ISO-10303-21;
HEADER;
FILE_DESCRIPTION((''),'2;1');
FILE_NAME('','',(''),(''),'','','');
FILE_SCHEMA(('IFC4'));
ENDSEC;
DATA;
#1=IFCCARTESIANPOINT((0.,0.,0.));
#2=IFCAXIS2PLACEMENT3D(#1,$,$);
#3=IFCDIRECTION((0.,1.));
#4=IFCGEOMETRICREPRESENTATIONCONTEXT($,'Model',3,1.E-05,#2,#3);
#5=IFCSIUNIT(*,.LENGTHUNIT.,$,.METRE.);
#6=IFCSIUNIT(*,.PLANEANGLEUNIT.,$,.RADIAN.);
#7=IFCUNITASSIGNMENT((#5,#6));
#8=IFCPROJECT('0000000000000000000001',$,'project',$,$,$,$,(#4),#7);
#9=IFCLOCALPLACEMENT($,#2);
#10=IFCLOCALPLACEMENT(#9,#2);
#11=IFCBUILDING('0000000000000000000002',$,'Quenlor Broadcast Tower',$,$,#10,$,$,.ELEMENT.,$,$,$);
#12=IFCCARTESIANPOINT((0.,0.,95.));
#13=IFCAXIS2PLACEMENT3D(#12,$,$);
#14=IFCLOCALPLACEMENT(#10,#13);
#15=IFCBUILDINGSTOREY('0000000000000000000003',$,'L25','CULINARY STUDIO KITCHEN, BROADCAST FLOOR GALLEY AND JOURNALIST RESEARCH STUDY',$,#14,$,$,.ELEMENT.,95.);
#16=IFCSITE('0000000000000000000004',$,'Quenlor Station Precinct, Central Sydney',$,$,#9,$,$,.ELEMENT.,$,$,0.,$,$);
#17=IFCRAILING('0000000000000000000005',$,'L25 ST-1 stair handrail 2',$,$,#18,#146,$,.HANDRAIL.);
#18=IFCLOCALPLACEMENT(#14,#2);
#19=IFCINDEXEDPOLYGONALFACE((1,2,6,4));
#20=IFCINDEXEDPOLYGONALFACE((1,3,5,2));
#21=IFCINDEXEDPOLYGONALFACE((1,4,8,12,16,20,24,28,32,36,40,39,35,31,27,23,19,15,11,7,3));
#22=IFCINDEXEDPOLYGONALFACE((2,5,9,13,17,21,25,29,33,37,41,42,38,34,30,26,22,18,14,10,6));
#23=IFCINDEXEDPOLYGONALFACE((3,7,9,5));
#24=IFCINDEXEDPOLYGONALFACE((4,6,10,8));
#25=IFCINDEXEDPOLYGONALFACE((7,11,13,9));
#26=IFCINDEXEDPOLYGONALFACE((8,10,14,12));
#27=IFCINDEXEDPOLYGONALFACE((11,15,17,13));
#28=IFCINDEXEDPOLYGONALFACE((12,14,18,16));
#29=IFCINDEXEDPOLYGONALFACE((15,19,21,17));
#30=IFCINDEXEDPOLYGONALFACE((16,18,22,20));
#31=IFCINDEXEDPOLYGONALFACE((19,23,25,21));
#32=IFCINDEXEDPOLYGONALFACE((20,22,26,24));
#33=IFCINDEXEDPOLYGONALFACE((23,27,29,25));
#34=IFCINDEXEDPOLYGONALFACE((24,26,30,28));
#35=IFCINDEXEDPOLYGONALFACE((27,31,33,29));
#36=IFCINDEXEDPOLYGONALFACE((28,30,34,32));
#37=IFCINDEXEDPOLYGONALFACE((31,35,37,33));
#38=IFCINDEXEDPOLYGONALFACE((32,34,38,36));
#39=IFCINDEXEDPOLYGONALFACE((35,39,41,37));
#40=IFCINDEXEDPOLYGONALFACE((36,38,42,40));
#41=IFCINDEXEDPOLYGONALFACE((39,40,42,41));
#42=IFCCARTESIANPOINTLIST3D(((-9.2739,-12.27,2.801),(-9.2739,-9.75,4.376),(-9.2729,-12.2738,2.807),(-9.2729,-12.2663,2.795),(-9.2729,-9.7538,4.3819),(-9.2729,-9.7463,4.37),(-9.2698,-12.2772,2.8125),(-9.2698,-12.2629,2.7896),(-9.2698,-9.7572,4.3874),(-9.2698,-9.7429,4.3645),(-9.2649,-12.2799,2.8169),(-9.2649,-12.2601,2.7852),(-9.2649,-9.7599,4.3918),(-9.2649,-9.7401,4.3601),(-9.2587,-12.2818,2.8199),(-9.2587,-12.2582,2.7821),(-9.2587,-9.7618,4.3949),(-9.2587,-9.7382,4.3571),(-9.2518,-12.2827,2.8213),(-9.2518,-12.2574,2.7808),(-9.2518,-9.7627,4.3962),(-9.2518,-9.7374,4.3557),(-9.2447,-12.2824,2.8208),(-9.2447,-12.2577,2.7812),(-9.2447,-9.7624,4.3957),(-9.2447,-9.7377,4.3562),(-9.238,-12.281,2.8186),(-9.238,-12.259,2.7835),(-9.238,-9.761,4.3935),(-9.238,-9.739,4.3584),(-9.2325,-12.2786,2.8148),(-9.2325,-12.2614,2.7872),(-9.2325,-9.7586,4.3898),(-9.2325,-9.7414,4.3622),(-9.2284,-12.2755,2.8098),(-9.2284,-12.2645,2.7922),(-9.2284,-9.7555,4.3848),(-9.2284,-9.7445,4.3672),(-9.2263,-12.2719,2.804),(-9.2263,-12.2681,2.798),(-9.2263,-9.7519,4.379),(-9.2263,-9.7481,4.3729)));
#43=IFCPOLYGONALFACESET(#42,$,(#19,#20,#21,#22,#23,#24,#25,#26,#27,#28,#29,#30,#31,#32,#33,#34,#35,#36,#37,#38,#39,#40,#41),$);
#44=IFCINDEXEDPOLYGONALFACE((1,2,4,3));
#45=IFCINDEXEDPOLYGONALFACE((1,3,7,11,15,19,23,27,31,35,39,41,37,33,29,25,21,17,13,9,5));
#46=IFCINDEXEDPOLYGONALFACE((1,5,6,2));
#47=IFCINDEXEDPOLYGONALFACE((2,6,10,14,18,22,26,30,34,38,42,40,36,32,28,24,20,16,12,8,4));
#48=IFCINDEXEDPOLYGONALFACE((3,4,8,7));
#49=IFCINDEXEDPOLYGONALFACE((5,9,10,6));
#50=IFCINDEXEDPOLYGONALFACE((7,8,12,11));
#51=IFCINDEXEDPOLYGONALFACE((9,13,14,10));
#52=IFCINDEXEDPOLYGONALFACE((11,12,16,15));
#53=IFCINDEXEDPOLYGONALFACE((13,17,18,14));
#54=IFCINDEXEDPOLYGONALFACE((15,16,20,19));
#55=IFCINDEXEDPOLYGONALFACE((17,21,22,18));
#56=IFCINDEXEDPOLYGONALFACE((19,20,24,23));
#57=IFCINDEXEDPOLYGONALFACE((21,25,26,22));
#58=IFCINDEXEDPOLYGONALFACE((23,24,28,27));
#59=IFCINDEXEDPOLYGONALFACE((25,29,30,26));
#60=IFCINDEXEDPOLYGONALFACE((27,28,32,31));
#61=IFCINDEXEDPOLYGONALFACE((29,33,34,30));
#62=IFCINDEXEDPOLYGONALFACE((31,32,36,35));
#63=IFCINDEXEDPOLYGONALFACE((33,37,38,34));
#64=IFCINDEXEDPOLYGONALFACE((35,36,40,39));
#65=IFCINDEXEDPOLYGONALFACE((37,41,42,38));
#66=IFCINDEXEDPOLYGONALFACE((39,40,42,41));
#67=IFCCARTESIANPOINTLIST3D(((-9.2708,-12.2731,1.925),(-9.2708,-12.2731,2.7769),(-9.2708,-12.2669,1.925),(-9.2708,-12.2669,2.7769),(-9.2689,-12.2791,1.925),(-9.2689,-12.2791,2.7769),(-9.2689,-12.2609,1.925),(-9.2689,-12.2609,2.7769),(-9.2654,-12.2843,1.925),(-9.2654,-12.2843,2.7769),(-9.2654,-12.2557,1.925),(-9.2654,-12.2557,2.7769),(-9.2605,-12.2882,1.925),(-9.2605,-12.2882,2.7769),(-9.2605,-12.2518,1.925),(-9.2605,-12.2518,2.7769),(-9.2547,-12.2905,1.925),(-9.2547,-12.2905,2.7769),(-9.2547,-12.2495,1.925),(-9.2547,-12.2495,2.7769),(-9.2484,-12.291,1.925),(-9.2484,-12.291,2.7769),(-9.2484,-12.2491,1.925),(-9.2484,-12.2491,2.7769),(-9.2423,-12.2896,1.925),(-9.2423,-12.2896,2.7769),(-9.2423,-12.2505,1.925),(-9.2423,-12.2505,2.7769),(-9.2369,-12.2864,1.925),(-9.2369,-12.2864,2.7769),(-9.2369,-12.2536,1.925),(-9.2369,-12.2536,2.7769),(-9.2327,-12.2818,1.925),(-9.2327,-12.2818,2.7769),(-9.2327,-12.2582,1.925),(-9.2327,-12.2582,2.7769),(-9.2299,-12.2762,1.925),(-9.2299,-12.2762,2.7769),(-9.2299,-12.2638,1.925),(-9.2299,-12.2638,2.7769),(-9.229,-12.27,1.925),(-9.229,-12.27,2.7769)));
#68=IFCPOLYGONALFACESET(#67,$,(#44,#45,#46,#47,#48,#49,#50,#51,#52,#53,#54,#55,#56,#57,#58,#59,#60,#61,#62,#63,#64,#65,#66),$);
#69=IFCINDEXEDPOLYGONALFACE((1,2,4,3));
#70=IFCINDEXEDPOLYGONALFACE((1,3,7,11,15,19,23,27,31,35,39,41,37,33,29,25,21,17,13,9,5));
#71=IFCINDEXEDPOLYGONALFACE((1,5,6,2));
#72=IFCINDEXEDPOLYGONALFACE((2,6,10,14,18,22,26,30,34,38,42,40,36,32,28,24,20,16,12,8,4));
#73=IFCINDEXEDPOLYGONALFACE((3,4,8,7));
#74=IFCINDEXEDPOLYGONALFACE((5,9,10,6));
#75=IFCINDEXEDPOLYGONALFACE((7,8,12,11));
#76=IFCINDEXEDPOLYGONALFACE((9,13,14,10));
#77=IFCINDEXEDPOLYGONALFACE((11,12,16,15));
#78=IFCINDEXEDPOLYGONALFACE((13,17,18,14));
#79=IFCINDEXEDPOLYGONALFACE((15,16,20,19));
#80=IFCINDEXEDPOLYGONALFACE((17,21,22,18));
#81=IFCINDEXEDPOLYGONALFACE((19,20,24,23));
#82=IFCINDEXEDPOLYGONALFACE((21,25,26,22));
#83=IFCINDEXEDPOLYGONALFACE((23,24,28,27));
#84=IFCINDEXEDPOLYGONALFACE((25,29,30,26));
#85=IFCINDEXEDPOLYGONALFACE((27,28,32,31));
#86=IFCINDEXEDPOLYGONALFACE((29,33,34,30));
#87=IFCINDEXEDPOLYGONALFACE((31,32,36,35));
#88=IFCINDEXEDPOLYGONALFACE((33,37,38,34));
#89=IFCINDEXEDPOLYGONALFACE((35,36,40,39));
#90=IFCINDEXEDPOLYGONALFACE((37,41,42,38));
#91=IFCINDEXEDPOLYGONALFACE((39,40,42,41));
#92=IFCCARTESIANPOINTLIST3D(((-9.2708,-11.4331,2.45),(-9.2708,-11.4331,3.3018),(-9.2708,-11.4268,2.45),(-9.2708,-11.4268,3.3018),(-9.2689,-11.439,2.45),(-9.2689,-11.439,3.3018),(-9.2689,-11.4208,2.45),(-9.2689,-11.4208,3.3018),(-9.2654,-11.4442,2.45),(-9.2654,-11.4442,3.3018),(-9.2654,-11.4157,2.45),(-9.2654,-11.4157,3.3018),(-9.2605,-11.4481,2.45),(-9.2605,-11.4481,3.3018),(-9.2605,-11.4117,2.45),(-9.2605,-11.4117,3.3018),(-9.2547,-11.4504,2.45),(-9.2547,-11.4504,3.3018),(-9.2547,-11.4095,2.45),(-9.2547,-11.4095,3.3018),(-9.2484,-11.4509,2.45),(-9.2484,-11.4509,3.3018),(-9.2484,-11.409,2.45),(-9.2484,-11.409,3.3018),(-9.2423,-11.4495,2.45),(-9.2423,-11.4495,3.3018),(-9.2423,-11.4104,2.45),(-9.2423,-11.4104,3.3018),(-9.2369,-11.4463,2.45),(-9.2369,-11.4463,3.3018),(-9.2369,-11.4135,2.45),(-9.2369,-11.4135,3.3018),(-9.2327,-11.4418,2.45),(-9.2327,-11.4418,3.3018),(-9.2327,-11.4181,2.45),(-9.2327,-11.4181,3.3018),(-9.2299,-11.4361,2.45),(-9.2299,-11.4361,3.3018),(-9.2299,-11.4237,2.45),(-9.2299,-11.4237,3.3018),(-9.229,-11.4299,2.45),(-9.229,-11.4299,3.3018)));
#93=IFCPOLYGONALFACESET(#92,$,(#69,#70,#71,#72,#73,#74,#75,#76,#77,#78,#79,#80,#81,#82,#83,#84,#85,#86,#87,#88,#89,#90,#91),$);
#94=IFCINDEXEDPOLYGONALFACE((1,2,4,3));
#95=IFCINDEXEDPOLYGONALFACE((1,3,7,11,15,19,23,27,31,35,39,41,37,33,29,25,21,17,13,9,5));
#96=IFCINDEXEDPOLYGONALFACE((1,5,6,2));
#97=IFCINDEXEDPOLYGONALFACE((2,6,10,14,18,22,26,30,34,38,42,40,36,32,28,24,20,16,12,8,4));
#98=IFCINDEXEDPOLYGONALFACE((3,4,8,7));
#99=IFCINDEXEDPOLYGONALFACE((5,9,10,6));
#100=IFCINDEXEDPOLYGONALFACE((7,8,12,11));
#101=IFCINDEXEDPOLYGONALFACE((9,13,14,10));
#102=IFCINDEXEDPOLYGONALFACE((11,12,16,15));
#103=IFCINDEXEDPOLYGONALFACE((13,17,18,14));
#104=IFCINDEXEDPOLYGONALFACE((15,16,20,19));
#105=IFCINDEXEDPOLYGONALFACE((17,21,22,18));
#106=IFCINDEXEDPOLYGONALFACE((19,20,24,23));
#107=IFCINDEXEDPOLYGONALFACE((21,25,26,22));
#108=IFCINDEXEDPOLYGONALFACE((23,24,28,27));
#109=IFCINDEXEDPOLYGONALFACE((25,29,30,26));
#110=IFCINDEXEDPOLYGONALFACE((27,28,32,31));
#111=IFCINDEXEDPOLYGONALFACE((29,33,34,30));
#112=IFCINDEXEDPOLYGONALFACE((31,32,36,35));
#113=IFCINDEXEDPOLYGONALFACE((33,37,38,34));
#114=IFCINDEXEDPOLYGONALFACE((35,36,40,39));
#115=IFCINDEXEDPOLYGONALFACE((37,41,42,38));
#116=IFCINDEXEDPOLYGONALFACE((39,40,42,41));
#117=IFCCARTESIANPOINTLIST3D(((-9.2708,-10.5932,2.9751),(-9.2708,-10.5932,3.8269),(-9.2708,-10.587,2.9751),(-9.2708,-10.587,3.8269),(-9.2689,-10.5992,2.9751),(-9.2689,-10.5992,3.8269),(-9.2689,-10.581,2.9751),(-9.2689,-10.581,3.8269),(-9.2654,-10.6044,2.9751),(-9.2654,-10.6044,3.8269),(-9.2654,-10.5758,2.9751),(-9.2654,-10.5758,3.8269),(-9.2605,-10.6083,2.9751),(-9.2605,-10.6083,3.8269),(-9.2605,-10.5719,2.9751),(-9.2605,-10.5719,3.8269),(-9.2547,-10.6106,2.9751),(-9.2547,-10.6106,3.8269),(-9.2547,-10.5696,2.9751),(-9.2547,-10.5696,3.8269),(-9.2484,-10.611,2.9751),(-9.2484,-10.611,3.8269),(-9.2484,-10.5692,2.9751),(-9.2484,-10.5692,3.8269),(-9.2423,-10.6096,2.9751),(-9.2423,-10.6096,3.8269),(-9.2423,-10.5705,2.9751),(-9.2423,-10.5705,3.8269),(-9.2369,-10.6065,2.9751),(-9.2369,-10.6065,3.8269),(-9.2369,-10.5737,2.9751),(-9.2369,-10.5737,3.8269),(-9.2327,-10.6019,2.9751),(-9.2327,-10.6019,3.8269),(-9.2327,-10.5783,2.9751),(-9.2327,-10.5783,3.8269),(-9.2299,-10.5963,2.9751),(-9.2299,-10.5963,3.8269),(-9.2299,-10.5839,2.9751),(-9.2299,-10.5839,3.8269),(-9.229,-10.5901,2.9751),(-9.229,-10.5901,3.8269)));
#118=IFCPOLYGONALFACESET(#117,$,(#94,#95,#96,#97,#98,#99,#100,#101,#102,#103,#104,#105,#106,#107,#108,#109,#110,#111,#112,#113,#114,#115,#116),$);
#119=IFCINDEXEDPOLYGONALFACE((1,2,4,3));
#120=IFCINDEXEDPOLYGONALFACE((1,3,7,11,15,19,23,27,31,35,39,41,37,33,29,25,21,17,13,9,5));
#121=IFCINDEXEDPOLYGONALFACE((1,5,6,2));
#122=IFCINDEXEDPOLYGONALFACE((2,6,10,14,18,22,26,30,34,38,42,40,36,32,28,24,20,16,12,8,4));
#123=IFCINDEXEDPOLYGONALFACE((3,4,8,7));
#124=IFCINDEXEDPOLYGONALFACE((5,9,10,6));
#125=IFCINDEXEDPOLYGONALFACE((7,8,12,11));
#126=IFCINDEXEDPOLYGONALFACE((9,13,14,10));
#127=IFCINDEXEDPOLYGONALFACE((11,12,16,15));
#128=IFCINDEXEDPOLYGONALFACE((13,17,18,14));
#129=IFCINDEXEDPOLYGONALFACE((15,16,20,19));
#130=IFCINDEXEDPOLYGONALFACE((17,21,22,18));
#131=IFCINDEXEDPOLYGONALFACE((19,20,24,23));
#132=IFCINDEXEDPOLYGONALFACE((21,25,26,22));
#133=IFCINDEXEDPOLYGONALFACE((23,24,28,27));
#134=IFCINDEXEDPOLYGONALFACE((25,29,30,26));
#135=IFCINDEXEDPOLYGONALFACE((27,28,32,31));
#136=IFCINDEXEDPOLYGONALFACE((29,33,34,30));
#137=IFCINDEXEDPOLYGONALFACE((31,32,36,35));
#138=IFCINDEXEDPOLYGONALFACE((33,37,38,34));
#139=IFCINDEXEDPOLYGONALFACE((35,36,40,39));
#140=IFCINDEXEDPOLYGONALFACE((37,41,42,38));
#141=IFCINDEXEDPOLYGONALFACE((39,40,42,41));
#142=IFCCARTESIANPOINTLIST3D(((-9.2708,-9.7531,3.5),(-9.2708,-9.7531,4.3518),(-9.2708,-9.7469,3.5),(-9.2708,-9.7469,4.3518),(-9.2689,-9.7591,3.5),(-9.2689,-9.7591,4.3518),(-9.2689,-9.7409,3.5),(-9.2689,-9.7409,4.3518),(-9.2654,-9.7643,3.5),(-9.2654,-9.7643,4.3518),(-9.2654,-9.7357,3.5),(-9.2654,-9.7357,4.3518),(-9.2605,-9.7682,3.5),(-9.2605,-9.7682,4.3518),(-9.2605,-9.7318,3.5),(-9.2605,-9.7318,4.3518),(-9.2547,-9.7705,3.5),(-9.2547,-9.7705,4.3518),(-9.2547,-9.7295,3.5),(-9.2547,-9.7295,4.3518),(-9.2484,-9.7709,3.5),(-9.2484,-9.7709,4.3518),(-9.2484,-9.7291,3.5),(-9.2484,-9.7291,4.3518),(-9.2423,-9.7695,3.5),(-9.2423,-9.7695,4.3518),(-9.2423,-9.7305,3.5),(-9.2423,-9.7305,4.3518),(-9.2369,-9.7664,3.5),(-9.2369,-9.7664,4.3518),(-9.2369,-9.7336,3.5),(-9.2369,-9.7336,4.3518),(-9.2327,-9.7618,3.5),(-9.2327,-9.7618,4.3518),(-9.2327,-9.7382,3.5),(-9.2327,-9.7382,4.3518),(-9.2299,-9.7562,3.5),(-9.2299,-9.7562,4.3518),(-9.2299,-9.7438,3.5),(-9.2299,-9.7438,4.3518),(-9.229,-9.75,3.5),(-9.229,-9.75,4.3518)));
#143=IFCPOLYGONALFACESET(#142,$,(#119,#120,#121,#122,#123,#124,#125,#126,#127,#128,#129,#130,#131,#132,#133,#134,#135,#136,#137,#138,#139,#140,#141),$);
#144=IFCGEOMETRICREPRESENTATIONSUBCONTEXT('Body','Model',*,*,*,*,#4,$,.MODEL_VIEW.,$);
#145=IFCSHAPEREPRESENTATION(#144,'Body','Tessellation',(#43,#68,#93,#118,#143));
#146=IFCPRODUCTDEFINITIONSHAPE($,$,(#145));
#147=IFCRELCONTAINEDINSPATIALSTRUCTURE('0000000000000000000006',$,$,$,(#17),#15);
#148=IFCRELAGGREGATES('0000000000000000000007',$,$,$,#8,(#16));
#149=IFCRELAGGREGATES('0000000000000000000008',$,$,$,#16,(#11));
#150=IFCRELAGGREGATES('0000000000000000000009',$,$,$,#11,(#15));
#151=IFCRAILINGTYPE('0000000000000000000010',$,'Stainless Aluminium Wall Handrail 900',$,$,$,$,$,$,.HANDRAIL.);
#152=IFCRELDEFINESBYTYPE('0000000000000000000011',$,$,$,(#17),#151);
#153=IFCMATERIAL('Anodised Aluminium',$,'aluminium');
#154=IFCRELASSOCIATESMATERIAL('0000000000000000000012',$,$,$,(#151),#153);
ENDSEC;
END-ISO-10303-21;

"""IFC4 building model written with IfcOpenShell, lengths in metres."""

from ifc_helpers import new_model, si_unit, direction, frame, origin, origin_2d, place, context, subcontext, project, spatial, circle, extrude, material, type_object, element, save


model = new_model("IFC4")

# Units and contexts
model_context = context("Model", 3, precision=1e-05, world=origin(), true_north=direction((0.0, 1.0)))
body_context = subcontext(model_context, "Body", "Model", "MODEL_VIEW")
ifc_project = project(units=[si_unit("LENGTHUNIT", "METRE"), si_unit("PLANEANGLEUNIT", "RADIAN")], contexts=[model_context])

# Site, building, storey
site_placement = place(None, origin())
site = spatial("IfcSite", under=ifc_project, at=site_placement, Name="Quenlor Station Precinct, Central Sydney", CompositionType="ELEMENT", RefElevation=0.0)
building_placement = place(site_placement, origin())
building = spatial("IfcBuilding", under=site, at=building_placement, Name="Quenlor Broadcast Tower", CompositionType="ELEMENT")
storey_placement = place(building_placement, frame((0.0, 0.0, 95.0)))
storey = spatial("IfcBuildingStorey", under=building, at=storey_placement, Name="L25", Description="CULINARY STUDIO KITCHEN, BROADCAST FLOOR GALLEY AND JOURNALIST RESEARCH STUDY", CompositionType="ELEMENT", Elevation=95.0)

# Railing
ifc_material_1 = material(Name="Anodised Aluminium", Category="aluminium")
railing_type_1 = type_object("IfcRailingType", Name="Stainless Aluminium Wall Handrail 900", PredefinedType="HANDRAIL", material=ifc_material_1)
railing_1_placement = place(storey_placement, frame((-9.25, -12.27, 1.925)))
element("IfcRailing", 1, at=railing_1_placement, inside=storey, type_object=railing_type_1, Name="L25 ST-1 stair handrail 2", PredefinedType="HANDRAIL", context=body_context, shape_type="SweptSolid", body=[
    extrude(circle(Radius=0.0239, at=origin_2d()), frame((0.0, 0.0, 0.876), z_axis=(0.0, 0.848008, 0.529984), x_axis=(-1.0, 0.0, 0.0)), (0.0, 0.0, 1.0), 2.9717),
    extrude(circle(Radius=0.021, at=origin_2d()), origin(), (0.0, 0.0, 1.0), 0.8518),
    extrude(circle(Radius=0.021, at=origin_2d()), frame((0.0, 0.8401, 0.5249)), (0.0, 0.0, 1.0), 0.8518),
    extrude(circle(Radius=0.021, at=origin_2d()), frame((0.0, 1.6799, 1.05)), (0.0, 0.0, 1.0), 0.8518),
    extrude(circle(Radius=0.021, at=origin_2d()), frame((0.0, 2.52, 1.575)), (0.0, 0.0, 1.0), 0.8518),
])

save(model, "model.ifc")
